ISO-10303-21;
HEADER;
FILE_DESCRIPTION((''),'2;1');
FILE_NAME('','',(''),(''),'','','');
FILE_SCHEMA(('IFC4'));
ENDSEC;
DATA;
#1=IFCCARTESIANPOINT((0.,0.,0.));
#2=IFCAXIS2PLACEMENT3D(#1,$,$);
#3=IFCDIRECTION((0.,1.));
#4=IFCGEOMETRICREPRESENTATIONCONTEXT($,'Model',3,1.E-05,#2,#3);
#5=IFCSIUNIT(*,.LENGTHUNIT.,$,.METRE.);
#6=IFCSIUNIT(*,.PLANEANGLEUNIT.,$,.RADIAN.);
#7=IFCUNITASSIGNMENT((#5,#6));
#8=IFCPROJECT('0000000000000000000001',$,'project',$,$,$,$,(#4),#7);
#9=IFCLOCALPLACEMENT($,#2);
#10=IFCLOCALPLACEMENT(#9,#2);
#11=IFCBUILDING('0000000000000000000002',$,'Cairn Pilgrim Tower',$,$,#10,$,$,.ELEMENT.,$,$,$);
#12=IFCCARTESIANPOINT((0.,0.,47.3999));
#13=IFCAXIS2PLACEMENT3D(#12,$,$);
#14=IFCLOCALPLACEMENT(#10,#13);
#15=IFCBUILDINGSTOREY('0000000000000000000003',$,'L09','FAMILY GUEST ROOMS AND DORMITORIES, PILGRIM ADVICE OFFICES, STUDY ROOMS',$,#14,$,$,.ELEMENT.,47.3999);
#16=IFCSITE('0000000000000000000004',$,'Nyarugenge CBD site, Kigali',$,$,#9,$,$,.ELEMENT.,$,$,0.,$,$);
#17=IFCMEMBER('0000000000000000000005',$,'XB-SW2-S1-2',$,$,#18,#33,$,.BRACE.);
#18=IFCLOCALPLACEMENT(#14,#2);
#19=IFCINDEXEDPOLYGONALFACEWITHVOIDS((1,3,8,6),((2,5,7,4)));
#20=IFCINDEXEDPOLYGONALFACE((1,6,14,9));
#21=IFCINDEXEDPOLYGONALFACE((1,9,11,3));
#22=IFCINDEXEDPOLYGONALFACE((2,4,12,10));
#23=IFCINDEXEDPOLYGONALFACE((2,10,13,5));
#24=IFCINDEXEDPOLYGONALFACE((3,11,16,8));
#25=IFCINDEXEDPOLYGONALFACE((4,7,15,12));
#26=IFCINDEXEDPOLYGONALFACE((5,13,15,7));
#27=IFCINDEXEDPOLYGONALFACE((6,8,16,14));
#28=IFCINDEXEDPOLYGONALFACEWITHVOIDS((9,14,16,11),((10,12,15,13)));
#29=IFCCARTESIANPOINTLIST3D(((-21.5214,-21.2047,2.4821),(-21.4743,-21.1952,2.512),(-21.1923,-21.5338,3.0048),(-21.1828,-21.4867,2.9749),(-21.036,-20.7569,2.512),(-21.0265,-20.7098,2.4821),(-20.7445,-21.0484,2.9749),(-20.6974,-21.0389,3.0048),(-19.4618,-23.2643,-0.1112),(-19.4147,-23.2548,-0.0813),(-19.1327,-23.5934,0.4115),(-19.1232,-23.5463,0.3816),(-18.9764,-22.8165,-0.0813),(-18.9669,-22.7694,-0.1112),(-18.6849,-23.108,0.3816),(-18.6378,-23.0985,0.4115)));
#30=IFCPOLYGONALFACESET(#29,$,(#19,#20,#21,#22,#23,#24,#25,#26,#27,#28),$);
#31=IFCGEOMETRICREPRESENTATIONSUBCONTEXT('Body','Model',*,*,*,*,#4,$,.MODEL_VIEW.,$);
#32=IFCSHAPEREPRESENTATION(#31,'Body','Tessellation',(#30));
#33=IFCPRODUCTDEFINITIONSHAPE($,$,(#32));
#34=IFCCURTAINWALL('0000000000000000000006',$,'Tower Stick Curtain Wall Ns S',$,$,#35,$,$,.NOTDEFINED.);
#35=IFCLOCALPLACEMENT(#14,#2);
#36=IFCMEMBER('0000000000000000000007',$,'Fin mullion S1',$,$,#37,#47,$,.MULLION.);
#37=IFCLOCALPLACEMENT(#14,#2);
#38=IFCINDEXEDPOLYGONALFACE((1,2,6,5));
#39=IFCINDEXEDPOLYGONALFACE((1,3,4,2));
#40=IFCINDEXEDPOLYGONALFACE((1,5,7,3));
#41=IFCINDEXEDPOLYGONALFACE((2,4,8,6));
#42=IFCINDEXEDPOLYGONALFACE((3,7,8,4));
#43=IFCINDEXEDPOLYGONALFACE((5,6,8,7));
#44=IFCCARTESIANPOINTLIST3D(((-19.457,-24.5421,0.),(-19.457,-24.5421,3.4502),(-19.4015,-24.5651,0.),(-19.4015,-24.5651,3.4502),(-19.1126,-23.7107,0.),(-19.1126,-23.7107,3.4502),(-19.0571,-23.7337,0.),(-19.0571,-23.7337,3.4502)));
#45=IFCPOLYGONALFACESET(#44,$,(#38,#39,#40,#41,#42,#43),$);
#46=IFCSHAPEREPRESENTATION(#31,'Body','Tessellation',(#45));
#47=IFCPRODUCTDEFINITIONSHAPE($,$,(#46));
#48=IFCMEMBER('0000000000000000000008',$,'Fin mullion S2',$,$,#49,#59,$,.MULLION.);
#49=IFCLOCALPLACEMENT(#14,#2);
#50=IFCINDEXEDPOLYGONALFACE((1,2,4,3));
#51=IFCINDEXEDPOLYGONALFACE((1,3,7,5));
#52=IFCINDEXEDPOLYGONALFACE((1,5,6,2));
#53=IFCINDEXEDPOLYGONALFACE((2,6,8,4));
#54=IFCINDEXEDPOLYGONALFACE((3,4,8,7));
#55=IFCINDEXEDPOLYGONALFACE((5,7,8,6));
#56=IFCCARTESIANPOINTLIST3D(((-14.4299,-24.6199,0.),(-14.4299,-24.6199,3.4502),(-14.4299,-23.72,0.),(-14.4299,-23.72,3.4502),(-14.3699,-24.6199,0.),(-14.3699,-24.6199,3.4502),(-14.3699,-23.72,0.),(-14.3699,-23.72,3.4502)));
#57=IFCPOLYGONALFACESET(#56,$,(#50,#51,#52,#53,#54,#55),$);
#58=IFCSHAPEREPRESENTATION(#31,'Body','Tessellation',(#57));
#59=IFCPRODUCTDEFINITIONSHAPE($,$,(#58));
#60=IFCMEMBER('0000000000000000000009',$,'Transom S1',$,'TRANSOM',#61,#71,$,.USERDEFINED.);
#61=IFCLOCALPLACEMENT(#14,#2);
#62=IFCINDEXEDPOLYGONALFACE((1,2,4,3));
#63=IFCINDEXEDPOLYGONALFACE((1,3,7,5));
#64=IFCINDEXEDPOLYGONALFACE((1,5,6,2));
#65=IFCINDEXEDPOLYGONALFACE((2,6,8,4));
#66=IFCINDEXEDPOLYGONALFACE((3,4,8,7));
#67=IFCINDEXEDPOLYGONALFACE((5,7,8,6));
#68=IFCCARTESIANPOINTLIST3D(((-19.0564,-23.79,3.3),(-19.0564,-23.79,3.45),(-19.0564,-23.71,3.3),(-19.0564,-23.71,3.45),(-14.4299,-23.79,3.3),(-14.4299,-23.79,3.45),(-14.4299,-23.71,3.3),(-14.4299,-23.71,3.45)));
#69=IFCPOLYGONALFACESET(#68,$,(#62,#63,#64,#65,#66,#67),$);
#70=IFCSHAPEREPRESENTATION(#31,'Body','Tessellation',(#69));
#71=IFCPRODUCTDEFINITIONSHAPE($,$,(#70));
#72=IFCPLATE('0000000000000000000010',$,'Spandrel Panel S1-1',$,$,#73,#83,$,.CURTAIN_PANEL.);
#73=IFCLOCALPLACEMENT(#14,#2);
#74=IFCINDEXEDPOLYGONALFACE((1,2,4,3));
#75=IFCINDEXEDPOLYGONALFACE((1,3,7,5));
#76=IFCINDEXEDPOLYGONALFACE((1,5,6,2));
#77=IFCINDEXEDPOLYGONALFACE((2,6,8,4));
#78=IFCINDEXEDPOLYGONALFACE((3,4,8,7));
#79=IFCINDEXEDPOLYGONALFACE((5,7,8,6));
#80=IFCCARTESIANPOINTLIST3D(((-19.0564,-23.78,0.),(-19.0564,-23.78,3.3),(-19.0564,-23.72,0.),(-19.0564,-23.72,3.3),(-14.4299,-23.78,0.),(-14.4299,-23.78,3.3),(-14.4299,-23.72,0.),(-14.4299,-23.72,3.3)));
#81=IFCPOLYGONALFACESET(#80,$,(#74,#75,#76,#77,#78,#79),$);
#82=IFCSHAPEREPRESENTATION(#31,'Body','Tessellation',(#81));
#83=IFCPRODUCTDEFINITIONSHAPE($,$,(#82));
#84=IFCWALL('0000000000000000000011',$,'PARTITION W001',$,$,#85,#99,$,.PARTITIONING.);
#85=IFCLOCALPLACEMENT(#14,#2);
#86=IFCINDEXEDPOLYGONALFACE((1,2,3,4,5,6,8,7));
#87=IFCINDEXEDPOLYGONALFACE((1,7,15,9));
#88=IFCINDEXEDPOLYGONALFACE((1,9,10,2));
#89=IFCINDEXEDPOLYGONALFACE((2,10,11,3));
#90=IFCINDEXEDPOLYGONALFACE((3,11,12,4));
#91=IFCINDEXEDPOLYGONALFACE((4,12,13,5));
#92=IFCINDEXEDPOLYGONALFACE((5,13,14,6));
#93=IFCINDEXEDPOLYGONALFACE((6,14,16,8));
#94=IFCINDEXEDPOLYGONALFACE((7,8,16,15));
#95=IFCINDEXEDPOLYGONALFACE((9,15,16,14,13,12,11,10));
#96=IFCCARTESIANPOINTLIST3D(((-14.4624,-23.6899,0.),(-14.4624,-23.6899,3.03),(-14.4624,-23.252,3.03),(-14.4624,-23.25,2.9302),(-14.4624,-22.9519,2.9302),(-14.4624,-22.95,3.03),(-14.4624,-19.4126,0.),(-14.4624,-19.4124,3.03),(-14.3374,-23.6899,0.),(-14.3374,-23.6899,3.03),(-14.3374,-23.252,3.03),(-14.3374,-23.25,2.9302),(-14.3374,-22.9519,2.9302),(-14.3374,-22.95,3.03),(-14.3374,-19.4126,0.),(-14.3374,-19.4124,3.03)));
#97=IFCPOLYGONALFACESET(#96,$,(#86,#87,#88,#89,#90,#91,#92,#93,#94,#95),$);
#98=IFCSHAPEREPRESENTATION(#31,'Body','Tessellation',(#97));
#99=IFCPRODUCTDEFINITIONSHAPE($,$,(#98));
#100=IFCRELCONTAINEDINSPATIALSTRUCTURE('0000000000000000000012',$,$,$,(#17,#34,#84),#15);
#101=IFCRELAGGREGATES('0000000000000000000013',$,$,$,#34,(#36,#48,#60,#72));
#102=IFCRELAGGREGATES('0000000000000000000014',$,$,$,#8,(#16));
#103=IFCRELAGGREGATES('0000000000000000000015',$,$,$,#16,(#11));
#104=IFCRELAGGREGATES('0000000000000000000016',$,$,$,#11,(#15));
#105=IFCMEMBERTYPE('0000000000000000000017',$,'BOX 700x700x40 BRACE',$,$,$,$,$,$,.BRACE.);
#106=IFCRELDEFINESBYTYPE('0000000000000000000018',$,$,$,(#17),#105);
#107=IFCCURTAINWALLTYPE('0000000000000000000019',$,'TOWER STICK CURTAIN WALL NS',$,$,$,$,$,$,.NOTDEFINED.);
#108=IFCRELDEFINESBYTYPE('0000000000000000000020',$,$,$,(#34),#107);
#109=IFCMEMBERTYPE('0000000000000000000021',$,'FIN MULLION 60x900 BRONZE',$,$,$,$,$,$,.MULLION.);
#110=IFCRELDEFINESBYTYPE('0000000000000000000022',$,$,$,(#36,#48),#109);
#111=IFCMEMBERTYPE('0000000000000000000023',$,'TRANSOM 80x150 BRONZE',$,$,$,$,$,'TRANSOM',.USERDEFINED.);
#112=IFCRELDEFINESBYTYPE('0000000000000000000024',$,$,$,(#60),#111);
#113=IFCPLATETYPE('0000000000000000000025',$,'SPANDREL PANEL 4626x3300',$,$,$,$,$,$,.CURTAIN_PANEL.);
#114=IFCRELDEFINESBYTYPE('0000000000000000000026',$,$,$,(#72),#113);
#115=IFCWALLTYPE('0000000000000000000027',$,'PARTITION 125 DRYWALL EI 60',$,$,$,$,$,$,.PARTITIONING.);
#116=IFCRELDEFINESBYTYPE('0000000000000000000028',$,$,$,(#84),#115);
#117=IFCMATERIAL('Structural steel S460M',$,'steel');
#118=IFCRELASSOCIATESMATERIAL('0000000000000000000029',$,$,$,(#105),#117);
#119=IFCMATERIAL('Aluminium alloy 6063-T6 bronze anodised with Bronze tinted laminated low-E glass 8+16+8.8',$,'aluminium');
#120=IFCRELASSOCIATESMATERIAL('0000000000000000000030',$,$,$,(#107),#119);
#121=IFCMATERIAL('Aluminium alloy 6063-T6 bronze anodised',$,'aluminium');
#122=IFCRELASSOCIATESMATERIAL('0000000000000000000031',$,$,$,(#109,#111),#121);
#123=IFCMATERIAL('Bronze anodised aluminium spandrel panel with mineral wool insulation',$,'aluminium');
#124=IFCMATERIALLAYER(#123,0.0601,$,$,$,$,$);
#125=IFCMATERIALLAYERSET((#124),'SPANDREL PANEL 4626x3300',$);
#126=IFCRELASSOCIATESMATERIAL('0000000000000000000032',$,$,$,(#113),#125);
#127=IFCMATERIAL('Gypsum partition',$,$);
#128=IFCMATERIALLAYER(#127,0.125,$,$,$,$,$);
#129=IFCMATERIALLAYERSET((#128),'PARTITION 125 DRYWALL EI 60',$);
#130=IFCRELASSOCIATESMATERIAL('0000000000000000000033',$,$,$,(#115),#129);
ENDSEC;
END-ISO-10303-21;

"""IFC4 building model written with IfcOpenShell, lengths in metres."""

from ifc_helpers import new_model, si_unit, direction, frame, origin, origin_2d, place, context, subcontext, project, spatial, polyline, rectangle, hollow_rectangle, outline, extrude, material, layer, layer_set, material_profile, profile_set, type_object, element, aggregate, save


model = new_model("IFC4")

# Units and contexts
model_context = context("Model", 3, precision=1e-05, world=origin(), true_north=direction((0.0, 1.0)))
body_context = subcontext(model_context, "Body", "Model", "MODEL_VIEW")
ifc_project = project(units=[si_unit("LENGTHUNIT", "METRE"), si_unit("PLANEANGLEUNIT", "RADIAN")], contexts=[model_context])

# Site, building, storey
site_placement = place(None, origin())
site = spatial("IfcSite", under=ifc_project, at=site_placement, Name="Nyarugenge CBD site, Kigali", CompositionType="ELEMENT", RefElevation=0.0)
building_placement = place(site_placement, origin())
building = spatial("IfcBuilding", under=site, at=building_placement, Name="Cairn Pilgrim Tower", CompositionType="ELEMENT")
storey_placement = place(building_placement, frame((0.0, 0.0, 47.3999)))
storey = spatial("IfcBuildingStorey", under=building, at=storey_placement, Name="L09", Description="FAMILY GUEST ROOMS AND DORMITORIES, PILGRIM ADVICE OFFICES, STUDY ROOMS", CompositionType="ELEMENT", Elevation=47.3999)

# Member
ifc_material_1 = material(Name="Structural steel S460M", Category="steel")
ifc_material_profile_1 = material_profile(ifc_material_1, hollow_rectangle(XDim=0.7, YDim=0.7, WallThickness=0.04, at=origin_2d()), Name="BOX 700x700x40")
ifc_profile_set_1 = profile_set([ifc_material_profile_1], Name="Structural steel S460M")
member_type_1 = type_object("IfcMemberType", Name="BOX 700x700x40 BRACE", PredefinedType="BRACE", material=ifc_profile_set_1)
member_1_placement = place(storey_placement, frame((-19.0498, -23.1814, 0.1501), z_axis=(-0.528118, 0.528118, 0.664968), x_axis=(-0.707107, -0.707107, 0.0)))
element("IfcMember", 1, at=member_1_placement, inside=storey, type_object=member_type_1, Name="XB-SW2-S1-2", PredefinedType="BRACE", context=body_context, shape_type="SweptSolid", body=[
    extrude(hollow_rectangle(XDim=0.7, YDim=0.7, WallThickness=0.04, at=origin_2d()), origin(), (0.0, 0.0, 1.0), 3.8999),
])

# Curtain wall, members, plate
ifc_material_2 = material(Name="Aluminium alloy 6063-T6 bronze anodised with Bronze tinted laminated low-E glass 8+16+8.8", Category="aluminium")
curtain_wall_type = type_object("IfcCurtainWallType", Name="TOWER STICK CURTAIN WALL NS", PredefinedType="NOTDEFINED", material=ifc_material_2)
curtain_wall_placement = place(storey_placement, origin())
curtain_wall = element("IfcCurtainWall", 2, at=curtain_wall_placement, inside=storey, type_object=curtain_wall_type, Name="Tower Stick Curtain Wall Ns S", PredefinedType="NOTDEFINED")
ifc_material_3 = material(Name="Aluminium alloy 6063-T6 bronze anodised", Category="aluminium")
ifc_material_profile_2 = material_profile(ifc_material_3, rectangle(XDim=0.8999, YDim=0.0601, at=origin_2d()), Name="FIN MULLION 60x900 BRONZE")
ifc_profile_set_2 = profile_set([ifc_material_profile_2], Name="Aluminium alloy 6063-T6 bronze anodised")
member_type_2 = type_object("IfcMemberType", Name="FIN MULLION 60x900 BRONZE", PredefinedType="MULLION", material=ifc_profile_set_2)
member_2_placement = place(storey_placement, frame((-19.2571, -24.1379, 0.0), z_axis=(0.0, 0.0, 1.0), x_axis=(-0.382683, -0.92388, 0.0)))
member_2 = element("IfcMember", 3, at=member_2_placement, type_object=member_type_2, Name="Fin mullion S1", PredefinedType="MULLION", context=body_context, shape_type="SweptSolid", body=[
    extrude(rectangle(XDim=0.8999, YDim=0.0601, at=origin_2d()), origin(), (0.0, 0.0, 1.0), 3.4502),
])
member_3_placement = place(storey_placement, frame((-14.3999, -24.1699, 0.0), z_axis=(0.0, 0.0, 1.0), x_axis=(0.0, -1.0, 0.0)))
member_3 = element("IfcMember", 4, at=member_3_placement, type_object=member_type_2, Name="Fin mullion S2", PredefinedType="MULLION", context=body_context, shape_type="SweptSolid", body=[
    extrude(rectangle(XDim=0.8999, YDim=0.0601, at=origin_2d()), origin(), (0.0, 0.0, 1.0), 3.4502),
])
ifc_material_profile_3 = material_profile(ifc_material_3, rectangle(XDim=0.0801, YDim=0.1499, at=origin_2d()), Name="TRANSOM 80x150 BRONZE")
ifc_profile_set_3 = profile_set([ifc_material_profile_3], Name="Aluminium alloy 6063-T6 bronze anodised")
member_type_3 = type_object("IfcMemberType", Name="TRANSOM 80x150 BRONZE", ElementType="TRANSOM", PredefinedType="USERDEFINED", material=ifc_profile_set_3)
member_4_placement = place(storey_placement, frame((-19.0564, -23.75, 3.375), z_axis=(1.0, 0.0, 0.0), x_axis=(0.0, 1.0, 0.0)))
member_4 = element("IfcMember", 5, at=member_4_placement, type_object=member_type_3, Name="Transom S1", ObjectType="TRANSOM", PredefinedType="USERDEFINED", context=body_context, shape_type="SweptSolid", body=[
    extrude(rectangle(XDim=0.0801, YDim=0.1499, at=origin_2d()), origin(), (0.0, 0.0, 1.0), 4.6265),
])
ifc_material_4 = material(Name="Bronze anodised aluminium spandrel panel with mineral wool insulation", Category="aluminium")
ifc_layer_1 = layer(ifc_material_4, 0.0601)
ifc_layer_set_1 = layer_set([ifc_layer_1], Name="SPANDREL PANEL 4626x3300")
plate_type = type_object("IfcPlateType", Name="SPANDREL PANEL 4626x3300", PredefinedType="CURTAIN_PANEL", material=ifc_layer_set_1)
plate_placement = place(storey_placement, frame((-16.7432, -23.75, 0.0), z_axis=(0.0, 0.0, 1.0), x_axis=(1.0, 0.0, 0.0)))
plate = element("IfcPlate", 6, at=plate_placement, type_object=plate_type, Name="Spandrel Panel S1-1", PredefinedType="CURTAIN_PANEL", context=body_context, shape_type="SweptSolid", body=[
    extrude(rectangle(XDim=4.6265, YDim=0.0601, at=origin_2d()), origin(), (0.0, 0.0, 1.0), 3.3),
])
aggregate(curtain_wall, [member_2, member_3, member_4, plate])

# Wall
ifc_material_5 = material(Name="Gypsum partition")
ifc_layer_2 = layer(ifc_material_5, 0.125)
ifc_layer_set_2 = layer_set([ifc_layer_2], Name="PARTITION 125 DRYWALL EI 60")
wall_type = type_object("IfcWallType", Name="PARTITION 125 DRYWALL EI 60", PredefinedType="PARTITIONING", material=ifc_layer_set_2)
wall_placement = place(storey_placement, frame((-14.3999, -23.6899, 0.0), z_axis=(0.0, 0.0, 1.0), x_axis=(0.0, 1.0, 0.0)))
element("IfcWall", 7, at=wall_placement, inside=storey, type_object=wall_type, Name="PARTITION W001", PredefinedType="PARTITIONING", context=body_context, shape_type="SweptSolid", body=[
    extrude(outline(polyline([(0.0, 0.0), (4.2773, 0.0), (4.2776, 3.03), (0.74, 3.03), (0.738, 2.9302), (0.4399, 2.9302), (0.438, 3.03), (0.0, 3.03), (0.0, 0.0)])), frame((0.0, 0.0625, 0.0), z_axis=(0.0, -1.0, 0.0), x_axis=(1.0, 0.0, 0.0)), (0.0, 0.0, 1.0), 0.125),
])

save(model, "model.ifc")
